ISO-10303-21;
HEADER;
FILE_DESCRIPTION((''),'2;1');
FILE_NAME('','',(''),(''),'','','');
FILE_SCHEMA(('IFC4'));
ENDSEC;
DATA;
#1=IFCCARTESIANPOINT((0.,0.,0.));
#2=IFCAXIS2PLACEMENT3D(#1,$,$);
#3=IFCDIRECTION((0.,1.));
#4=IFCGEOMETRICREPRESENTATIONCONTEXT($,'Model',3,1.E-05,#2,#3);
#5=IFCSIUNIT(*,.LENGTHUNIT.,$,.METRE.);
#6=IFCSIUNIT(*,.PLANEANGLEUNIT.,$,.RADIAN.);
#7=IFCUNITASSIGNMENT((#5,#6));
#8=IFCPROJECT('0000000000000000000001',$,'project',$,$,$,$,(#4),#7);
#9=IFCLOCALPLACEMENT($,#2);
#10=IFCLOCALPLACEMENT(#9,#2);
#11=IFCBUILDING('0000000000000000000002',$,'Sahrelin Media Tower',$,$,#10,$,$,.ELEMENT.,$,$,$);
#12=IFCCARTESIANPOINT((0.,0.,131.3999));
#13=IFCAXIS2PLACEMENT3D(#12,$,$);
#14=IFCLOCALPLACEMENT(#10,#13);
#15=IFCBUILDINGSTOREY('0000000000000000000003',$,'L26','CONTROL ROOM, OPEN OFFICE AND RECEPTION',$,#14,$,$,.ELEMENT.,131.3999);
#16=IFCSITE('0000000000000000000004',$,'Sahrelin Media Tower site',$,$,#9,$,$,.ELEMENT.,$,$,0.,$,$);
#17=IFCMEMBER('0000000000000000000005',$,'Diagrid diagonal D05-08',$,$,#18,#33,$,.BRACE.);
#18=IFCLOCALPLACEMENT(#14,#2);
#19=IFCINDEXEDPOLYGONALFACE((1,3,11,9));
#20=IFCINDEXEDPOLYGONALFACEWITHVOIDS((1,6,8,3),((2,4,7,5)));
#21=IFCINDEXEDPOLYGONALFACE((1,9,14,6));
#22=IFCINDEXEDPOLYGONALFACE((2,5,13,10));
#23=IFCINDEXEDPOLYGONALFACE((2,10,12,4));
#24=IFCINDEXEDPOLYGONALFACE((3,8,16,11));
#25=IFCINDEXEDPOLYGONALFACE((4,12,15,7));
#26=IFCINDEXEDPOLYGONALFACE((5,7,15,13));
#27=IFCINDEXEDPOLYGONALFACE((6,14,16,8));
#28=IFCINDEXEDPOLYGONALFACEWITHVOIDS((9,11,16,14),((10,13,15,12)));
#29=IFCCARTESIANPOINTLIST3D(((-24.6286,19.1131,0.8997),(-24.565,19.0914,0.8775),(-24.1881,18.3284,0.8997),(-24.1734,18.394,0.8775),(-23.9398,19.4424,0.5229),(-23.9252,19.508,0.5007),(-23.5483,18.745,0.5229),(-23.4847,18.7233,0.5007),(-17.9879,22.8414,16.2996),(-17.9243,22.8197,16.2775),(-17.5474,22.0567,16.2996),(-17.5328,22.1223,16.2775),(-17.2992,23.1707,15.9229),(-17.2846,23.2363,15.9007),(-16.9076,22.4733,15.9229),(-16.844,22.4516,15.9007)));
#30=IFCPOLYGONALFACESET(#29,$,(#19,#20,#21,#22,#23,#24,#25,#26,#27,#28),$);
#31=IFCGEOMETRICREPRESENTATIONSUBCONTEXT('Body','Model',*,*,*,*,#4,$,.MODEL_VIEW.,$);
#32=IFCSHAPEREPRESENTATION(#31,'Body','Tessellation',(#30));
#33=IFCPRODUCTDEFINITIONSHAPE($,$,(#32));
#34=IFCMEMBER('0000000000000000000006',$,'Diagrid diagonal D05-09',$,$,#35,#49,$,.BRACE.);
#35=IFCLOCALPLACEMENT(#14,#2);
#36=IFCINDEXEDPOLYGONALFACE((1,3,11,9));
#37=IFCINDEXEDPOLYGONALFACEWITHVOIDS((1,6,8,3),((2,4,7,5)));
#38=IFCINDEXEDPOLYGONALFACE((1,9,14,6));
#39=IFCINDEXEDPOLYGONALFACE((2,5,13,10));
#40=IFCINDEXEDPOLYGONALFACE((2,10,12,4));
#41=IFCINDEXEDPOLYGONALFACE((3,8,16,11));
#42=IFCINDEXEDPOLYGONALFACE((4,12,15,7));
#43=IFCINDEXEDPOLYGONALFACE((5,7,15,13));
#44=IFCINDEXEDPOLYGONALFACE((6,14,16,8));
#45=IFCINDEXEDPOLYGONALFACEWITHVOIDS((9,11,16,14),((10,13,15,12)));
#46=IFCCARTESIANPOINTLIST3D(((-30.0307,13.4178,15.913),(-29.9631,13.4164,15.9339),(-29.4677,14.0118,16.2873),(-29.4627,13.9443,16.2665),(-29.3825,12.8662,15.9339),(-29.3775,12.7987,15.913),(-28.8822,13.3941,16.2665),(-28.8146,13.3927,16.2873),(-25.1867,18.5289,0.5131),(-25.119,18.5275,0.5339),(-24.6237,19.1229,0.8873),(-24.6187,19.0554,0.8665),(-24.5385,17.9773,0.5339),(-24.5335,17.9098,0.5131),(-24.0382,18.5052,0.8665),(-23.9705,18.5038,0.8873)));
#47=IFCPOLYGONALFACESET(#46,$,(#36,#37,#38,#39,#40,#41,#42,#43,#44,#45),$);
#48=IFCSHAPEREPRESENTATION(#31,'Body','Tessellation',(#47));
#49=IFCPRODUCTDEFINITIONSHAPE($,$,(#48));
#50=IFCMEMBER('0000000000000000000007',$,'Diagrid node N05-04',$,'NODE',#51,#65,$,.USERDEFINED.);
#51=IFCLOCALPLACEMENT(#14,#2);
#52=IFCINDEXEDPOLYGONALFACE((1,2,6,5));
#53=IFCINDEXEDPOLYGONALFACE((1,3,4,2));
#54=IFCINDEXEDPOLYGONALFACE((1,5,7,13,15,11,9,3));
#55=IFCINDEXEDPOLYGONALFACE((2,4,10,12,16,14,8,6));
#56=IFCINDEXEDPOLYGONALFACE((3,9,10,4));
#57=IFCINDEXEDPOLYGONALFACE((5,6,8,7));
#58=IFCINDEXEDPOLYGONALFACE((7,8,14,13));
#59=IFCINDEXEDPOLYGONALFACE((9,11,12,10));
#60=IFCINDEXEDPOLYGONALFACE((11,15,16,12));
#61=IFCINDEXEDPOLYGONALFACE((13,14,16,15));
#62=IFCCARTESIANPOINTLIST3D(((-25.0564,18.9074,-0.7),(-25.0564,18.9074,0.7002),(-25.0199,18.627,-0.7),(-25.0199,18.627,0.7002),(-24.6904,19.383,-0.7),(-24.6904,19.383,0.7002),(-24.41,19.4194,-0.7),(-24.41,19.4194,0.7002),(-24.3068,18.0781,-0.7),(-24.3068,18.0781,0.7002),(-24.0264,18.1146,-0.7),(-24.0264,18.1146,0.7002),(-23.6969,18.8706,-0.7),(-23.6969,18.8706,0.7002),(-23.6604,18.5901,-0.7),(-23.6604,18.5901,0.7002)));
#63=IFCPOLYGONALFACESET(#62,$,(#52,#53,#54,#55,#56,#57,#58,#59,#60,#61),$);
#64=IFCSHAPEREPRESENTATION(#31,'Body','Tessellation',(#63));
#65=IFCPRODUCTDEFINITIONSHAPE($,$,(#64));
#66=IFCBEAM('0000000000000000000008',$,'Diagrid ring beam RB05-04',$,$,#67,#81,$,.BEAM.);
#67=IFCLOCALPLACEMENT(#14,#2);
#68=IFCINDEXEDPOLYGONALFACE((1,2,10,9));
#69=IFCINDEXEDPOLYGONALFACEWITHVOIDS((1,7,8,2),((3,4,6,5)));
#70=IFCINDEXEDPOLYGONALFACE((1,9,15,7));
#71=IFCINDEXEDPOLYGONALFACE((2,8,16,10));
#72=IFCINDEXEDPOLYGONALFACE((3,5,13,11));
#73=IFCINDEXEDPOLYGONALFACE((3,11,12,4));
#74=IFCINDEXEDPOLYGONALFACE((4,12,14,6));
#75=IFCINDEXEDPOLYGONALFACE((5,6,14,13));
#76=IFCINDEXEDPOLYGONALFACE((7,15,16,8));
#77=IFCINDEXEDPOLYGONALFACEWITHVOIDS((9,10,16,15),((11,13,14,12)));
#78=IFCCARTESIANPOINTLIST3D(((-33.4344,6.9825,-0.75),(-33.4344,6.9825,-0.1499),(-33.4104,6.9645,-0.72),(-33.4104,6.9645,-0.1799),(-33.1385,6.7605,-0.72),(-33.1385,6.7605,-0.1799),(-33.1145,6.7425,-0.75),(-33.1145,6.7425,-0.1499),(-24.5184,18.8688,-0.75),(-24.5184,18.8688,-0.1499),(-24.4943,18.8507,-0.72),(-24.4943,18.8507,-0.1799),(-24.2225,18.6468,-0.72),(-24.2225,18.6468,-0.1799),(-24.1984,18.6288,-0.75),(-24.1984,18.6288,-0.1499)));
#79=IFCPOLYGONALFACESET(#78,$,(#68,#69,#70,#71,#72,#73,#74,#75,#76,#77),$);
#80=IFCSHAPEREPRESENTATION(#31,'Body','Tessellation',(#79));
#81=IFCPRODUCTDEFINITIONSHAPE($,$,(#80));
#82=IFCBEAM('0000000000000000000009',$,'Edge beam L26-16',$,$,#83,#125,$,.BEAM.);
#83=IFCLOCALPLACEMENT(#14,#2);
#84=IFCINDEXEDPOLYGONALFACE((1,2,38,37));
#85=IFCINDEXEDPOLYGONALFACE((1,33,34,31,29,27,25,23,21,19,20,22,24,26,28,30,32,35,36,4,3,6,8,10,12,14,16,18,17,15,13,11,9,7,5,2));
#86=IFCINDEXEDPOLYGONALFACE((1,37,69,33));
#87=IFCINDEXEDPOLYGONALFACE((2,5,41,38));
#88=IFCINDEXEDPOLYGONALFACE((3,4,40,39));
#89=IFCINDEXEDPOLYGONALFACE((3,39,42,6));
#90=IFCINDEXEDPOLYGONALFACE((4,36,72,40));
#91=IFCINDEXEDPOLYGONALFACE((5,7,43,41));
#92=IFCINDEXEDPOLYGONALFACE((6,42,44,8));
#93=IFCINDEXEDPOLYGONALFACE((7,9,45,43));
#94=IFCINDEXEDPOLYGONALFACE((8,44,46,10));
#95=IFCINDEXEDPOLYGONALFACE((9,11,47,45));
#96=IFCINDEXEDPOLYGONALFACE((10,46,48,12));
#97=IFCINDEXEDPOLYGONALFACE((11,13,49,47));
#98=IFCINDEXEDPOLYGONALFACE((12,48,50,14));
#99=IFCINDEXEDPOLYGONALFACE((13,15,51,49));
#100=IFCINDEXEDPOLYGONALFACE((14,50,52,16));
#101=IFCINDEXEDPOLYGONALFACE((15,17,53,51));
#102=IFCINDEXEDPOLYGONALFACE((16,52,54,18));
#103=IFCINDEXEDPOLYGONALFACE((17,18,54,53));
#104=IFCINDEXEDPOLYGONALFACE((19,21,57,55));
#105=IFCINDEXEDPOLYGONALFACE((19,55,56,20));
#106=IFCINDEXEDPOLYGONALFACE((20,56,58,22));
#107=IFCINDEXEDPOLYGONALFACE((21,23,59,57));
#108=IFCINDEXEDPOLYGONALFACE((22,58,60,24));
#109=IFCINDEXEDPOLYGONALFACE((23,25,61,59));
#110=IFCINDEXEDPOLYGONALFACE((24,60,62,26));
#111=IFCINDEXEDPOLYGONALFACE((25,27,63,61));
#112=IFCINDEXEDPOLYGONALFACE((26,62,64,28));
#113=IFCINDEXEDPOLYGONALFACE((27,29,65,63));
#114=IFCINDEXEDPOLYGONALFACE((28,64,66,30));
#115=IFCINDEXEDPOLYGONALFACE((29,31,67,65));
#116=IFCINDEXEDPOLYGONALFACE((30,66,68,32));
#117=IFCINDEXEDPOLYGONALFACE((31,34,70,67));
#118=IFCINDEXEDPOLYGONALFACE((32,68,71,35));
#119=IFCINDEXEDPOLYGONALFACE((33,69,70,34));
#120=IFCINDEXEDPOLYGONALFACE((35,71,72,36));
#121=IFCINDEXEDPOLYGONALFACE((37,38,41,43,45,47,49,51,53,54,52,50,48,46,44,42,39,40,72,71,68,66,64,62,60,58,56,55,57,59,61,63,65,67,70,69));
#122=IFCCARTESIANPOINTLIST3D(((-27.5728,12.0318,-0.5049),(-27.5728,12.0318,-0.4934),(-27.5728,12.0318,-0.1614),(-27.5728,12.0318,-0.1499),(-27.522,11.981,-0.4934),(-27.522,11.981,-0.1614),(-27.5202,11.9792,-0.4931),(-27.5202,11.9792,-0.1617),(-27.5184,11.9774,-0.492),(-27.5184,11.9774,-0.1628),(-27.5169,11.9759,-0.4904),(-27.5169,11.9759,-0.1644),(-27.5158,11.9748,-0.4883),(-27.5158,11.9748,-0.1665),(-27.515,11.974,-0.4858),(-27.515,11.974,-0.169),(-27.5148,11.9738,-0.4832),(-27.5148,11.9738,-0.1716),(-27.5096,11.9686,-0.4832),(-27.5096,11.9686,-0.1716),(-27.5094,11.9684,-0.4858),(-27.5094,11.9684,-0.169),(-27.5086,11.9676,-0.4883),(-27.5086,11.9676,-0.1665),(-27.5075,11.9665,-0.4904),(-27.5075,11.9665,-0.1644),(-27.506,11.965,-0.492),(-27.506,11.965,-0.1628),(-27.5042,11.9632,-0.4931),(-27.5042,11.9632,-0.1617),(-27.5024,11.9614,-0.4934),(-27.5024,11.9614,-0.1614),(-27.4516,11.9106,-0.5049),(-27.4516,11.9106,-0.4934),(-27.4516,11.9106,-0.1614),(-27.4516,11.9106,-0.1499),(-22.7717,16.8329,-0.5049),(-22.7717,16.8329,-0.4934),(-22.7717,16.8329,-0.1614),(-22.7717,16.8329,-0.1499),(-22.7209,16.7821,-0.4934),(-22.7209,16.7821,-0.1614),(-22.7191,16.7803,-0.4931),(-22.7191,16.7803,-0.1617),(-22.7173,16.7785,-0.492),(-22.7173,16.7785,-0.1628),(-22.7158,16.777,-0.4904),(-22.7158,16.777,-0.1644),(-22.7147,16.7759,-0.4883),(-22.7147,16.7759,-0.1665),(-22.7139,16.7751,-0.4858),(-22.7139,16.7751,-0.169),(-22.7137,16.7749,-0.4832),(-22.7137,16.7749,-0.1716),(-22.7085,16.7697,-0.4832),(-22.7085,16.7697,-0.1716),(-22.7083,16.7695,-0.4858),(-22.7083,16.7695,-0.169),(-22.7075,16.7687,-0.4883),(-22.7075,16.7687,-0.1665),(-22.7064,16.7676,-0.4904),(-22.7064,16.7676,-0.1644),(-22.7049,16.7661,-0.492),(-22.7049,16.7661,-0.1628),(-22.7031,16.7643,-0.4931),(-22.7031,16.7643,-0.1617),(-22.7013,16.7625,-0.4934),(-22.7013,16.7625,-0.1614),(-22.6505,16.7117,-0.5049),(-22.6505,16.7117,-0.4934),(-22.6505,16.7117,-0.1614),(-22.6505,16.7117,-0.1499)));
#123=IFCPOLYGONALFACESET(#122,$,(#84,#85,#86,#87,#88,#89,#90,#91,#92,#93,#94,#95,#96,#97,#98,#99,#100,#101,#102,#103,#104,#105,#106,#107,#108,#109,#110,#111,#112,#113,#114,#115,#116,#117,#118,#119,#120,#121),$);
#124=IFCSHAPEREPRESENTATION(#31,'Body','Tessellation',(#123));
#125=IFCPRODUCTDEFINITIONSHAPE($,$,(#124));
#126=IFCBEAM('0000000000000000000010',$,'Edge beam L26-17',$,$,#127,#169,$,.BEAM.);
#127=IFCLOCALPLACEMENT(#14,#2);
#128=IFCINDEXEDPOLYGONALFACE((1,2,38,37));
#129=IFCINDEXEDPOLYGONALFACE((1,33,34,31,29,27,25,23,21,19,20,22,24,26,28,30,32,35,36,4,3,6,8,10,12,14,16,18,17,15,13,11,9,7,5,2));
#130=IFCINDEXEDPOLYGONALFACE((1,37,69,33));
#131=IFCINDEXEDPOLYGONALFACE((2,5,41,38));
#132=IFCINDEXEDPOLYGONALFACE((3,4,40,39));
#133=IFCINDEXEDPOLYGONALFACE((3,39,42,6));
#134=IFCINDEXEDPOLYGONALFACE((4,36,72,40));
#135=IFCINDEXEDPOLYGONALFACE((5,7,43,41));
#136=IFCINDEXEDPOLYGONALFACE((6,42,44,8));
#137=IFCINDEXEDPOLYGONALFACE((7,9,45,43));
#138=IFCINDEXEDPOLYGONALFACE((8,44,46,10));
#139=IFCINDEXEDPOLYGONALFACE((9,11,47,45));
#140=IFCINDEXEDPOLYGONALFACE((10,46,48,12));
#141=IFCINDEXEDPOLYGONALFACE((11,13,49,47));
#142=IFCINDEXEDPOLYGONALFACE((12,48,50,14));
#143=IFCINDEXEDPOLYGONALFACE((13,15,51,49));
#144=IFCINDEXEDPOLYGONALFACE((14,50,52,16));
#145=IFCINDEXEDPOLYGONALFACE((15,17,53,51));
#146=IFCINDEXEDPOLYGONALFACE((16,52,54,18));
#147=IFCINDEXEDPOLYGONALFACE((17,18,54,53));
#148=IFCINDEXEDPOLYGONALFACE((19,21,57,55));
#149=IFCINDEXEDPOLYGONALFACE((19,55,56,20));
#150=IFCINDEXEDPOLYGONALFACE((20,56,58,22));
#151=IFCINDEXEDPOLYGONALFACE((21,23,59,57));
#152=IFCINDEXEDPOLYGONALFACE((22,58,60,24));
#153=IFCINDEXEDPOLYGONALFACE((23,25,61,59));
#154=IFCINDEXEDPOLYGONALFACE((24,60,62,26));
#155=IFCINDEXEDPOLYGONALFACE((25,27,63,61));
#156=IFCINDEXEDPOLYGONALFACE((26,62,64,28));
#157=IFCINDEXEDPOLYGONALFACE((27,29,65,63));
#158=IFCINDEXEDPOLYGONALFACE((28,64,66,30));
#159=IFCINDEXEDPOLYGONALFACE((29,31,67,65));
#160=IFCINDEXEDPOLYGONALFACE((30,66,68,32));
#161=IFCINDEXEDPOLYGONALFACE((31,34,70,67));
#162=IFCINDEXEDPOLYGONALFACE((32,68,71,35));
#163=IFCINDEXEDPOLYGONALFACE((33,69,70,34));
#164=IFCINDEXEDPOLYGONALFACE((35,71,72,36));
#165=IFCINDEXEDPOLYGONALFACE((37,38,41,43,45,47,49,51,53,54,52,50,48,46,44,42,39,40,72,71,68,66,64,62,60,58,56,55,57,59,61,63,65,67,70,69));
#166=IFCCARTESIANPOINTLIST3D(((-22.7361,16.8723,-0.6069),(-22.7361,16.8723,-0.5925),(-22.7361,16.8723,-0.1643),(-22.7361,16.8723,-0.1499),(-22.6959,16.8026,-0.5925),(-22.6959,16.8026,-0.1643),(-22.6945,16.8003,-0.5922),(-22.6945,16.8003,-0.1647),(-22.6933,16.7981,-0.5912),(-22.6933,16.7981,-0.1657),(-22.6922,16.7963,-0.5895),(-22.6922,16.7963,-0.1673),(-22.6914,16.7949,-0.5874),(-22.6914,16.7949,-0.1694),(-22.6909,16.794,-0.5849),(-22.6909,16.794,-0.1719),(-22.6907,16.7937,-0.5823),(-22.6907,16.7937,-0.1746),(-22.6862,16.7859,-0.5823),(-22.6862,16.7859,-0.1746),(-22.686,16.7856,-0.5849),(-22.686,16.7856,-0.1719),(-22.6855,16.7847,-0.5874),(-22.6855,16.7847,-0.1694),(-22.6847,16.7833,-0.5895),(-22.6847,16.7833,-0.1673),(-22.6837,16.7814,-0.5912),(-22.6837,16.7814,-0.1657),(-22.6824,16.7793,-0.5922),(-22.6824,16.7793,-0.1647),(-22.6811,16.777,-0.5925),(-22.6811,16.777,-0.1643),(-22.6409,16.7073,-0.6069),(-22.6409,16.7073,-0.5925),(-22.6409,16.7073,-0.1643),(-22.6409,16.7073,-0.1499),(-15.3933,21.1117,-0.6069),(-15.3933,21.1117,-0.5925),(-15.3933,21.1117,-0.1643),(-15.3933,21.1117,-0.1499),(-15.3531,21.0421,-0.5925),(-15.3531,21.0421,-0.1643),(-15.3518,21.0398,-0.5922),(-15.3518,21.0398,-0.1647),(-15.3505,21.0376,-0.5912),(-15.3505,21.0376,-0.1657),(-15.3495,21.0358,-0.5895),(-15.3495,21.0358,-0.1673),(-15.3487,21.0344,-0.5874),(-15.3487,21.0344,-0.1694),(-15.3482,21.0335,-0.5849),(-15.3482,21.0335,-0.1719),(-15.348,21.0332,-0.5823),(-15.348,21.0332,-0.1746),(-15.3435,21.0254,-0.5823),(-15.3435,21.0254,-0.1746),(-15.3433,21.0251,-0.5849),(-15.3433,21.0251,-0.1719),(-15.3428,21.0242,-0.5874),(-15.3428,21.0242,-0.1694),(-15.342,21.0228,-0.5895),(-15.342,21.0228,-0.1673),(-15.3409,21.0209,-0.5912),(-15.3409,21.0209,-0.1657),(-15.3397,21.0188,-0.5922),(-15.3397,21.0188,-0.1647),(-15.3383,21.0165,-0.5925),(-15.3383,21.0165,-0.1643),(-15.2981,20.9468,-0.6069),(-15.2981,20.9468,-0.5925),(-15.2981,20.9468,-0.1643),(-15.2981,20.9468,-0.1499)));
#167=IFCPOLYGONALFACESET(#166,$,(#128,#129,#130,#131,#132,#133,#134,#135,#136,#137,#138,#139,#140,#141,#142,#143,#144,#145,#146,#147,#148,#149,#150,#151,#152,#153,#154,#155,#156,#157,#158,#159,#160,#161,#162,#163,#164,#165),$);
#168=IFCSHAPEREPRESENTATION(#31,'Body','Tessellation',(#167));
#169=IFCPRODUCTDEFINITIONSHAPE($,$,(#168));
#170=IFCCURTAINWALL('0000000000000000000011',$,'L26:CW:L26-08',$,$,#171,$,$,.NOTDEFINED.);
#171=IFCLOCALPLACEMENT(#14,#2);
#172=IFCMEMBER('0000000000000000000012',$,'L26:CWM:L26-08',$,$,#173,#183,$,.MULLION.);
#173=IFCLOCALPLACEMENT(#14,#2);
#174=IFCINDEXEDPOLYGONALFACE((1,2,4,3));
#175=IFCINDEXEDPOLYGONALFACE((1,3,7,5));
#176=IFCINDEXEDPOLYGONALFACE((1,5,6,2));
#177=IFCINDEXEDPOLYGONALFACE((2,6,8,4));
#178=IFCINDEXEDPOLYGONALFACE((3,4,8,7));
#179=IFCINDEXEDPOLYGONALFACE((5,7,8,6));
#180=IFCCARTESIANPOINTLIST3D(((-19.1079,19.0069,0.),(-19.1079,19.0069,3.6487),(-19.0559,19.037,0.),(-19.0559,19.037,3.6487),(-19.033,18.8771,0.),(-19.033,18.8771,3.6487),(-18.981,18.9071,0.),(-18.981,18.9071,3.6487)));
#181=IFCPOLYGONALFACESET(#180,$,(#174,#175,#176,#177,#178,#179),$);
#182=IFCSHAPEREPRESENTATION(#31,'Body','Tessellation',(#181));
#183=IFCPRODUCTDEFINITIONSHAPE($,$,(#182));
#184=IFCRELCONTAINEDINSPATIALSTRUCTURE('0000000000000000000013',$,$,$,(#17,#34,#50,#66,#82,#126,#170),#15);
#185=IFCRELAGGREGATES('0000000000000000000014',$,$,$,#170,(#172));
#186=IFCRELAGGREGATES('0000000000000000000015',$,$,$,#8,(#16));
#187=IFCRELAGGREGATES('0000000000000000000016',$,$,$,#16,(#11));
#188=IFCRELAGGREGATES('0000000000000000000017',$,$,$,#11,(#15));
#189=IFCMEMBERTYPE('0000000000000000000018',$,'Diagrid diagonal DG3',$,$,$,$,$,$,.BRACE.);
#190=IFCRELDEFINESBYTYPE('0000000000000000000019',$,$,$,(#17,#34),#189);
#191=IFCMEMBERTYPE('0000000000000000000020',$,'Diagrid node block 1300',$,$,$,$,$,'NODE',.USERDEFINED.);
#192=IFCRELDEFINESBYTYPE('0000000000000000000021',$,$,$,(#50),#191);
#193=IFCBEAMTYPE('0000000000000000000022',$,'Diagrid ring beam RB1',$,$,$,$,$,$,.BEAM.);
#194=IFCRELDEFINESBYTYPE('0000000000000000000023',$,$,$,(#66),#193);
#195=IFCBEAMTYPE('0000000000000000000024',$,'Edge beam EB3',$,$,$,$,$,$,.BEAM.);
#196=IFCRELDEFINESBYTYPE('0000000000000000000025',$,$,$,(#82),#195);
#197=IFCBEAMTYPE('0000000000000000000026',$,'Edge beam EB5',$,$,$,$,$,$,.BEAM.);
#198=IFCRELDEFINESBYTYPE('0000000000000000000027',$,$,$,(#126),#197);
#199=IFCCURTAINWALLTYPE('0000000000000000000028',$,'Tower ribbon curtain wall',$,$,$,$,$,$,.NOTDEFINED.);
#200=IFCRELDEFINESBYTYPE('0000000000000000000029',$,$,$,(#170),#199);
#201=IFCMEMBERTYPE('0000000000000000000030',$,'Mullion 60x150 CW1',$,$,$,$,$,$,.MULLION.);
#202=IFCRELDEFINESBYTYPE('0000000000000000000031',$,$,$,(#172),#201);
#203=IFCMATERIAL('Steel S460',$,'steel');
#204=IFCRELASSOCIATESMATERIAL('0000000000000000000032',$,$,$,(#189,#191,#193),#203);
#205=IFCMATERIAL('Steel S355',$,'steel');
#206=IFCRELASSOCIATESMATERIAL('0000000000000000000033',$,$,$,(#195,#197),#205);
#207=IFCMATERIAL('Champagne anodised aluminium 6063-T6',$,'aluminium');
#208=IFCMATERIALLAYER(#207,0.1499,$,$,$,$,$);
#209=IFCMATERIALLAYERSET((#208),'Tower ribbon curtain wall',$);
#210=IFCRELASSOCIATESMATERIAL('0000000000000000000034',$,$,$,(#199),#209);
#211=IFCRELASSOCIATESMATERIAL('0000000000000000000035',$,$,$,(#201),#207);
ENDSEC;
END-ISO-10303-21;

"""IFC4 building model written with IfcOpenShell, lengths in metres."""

from ifc_helpers import new_model, si_unit, direction, frame, origin, origin_2d, place, context, subcontext, project, spatial, polyline, rectangle, hollow_rectangle, i_section, outline, extrude, material, layer, layer_set, material_profile, profile_set, type_object, element, aggregate, save


model = new_model("IFC4")

# Units and contexts
model_context = context("Model", 3, precision=1e-05, world=origin(), true_north=direction((0.0, 1.0)))
body_context = subcontext(model_context, "Body", "Model", "MODEL_VIEW")
ifc_project = project(units=[si_unit("LENGTHUNIT", "METRE"), si_unit("PLANEANGLEUNIT", "RADIAN")], contexts=[model_context])

# Site, building, storey
site_placement = place(None, origin())
site = spatial("IfcSite", under=ifc_project, at=site_placement, Name="Sahrelin Media Tower site", CompositionType="ELEMENT", RefElevation=0.0)
building_placement = place(site_placement, origin())
building = spatial("IfcBuilding", under=site, at=building_placement, Name="Sahrelin Media Tower", CompositionType="ELEMENT")
storey_placement = place(building_placement, frame((0.0, 0.0, 131.3999)))
storey = spatial("IfcBuildingStorey", under=building, at=storey_placement, Name="L26", Description="CONTROL ROOM, OPEN OFFICE AND RECEPTION", CompositionType="ELEMENT", Elevation=131.3999)

# Members
ifc_material_1 = material(Name="Steel S460", Category="steel")
ifc_material_profile_1 = material_profile(ifc_material_1, hollow_rectangle(XDim=0.8999, YDim=0.8999, WallThickness=0.05, at=origin_2d()), Name="Diagrid diagonal DG3")
ifc_profile_set_1 = profile_set([ifc_material_profile_1], Name="Steel S460")
member_type_1 = type_object("IfcMemberType", Name="Diagrid diagonal DG3", PredefinedType="BRACE", material=ifc_profile_set_1)
member_1_placement = place(storey_placement, frame((-24.0566, 18.9182, 0.7002), z_axis=(0.386531, 0.217011, 0.896382), x_axis=(-0.489555, 0.871973, 0.0)))
element("IfcMember", 1, at=member_1_placement, inside=storey, type_object=member_type_1, Name="Diagrid diagonal D05-08", PredefinedType="BRACE", context=body_context, shape_type="SweptSolid", body=[
    extrude(hollow_rectangle(XDim=0.8999, YDim=0.8999, WallThickness=0.05, at=origin_2d()), origin(), (0.0, 0.0, 1.0), 17.1802),
])
member_2_placement = place(storey_placement, frame((-24.5786, 18.5164, 0.7002), z_axis=(-0.286059, -0.301832, 0.909432), x_axis=(0.725817, -0.687888, 0.0)))
element("IfcMember", 2, at=member_2_placement, inside=storey, type_object=member_type_1, Name="Diagrid diagonal D05-09", PredefinedType="BRACE", context=body_context, shape_type="SweptSolid", body=[
    extrude(hollow_rectangle(XDim=0.8999, YDim=0.8999, WallThickness=0.05, at=origin_2d()), origin(), (0.0, 0.0, 1.0), 16.9336),
])
ifc_material_profile_2 = material_profile(ifc_material_1, outline(polyline([(0.45, -0.5), (0.6499, -0.3), (0.6499, 0.3), (0.45, 0.5), (-0.45, 0.5), (-0.6499, 0.3), (-0.6499, -0.3), (-0.45, -0.5), (0.45, -0.5)])), Name="Diagrid node block 1300")
ifc_profile_set_2 = profile_set([ifc_material_profile_2], Name="Steel S460")
member_type_2 = type_object("IfcMemberType", Name="Diagrid node block 1300", ElementType="NODE", PredefinedType="USERDEFINED", material=ifc_profile_set_2)
member_3_placement = place(storey_placement, frame((-24.3584, 18.7488, -0.7), z_axis=(0.0, 0.0, 1.0), x_axis=(-0.792445, 0.609943, 0.0)))
element("IfcMember", 3, at=member_3_placement, inside=storey, type_object=member_type_2, Name="Diagrid node N05-04", ObjectType="NODE", PredefinedType="USERDEFINED", context=body_context, shape_type="SweptSolid", body=[
    extrude(outline(polyline([(0.45, -0.5), (0.6499, -0.3), (0.6499, 0.3), (0.45, 0.5), (-0.45, 0.5), (-0.6499, 0.3), (-0.6499, -0.3), (-0.45, -0.5), (0.45, -0.5)])), origin(), (0.0, 0.0, 1.0), 1.4001),
])

# Beams
ifc_material_profile_3 = material_profile(ifc_material_1, hollow_rectangle(XDim=0.3999, YDim=0.6001, WallThickness=0.03, at=origin_2d()), Name="Diagrid ring beam RB1")
ifc_profile_set_3 = profile_set([ifc_material_profile_3], Name="Steel S460")
beam_type_1 = type_object("IfcBeamType", Name="Diagrid ring beam RB1", PredefinedType="BEAM", material=ifc_profile_set_3)
beam_1_placement = place(storey_placement, frame((-24.3584, 18.7488, -0.45), z_axis=(-0.600058, -0.799957, 0.0), x_axis=(0.799957, -0.600058, 0.0)))
element("IfcBeam", 4, at=beam_1_placement, inside=storey, type_object=beam_type_1, Name="Diagrid ring beam RB05-04", PredefinedType="BEAM", context=body_context, shape_type="SweptSolid", body=[
    extrude(hollow_rectangle(XDim=0.3999, YDim=0.6001, WallThickness=0.03, at=origin_2d()), origin(), (0.0, 0.0, 1.0), 14.8586),
])
ifc_material_2 = material(Name="Steel S355", Category="steel")
ifc_material_profile_4 = material_profile(ifc_material_2, i_section(OverallWidth=0.1714, OverallDepth=0.355, WebThickness=0.0073, FlangeThickness=0.0115, FilletRadius=0.0103, at=origin_2d()), Name="UB 356x171x51")
ifc_profile_set_4 = profile_set([ifc_material_profile_4], Name="Steel S355")
beam_type_2 = type_object("IfcBeamType", Name="Edge beam EB3", PredefinedType="BEAM", material=ifc_profile_set_4)
beam_2_placement = place(storey_placement, frame((-27.5122, 11.9712, -0.3274), z_axis=(0.707107, 0.707107, 0.0), x_axis=(-0.707107, 0.707107, 0.0)))
element("IfcBeam", 5, at=beam_2_placement, inside=storey, type_object=beam_type_2, Name="Edge beam L26-16", PredefinedType="BEAM", context=body_context, shape_type="SweptSolid", body=[
    extrude(i_section(OverallWidth=0.1714, OverallDepth=0.355, WebThickness=0.0073, FlangeThickness=0.0115, FilletRadius=0.0103, at=origin_2d()), origin(), (0.0, 0.0, 1.0), 6.7898),
])
ifc_material_profile_5 = material_profile(ifc_material_2, i_section(OverallWidth=0.1904, OverallDepth=0.457, WebThickness=0.009, FlangeThickness=0.0144, FilletRadius=0.0103, at=origin_2d()), Name="UB 457x191x74")
ifc_profile_set_5 = profile_set([ifc_material_profile_5], Name="Steel S355")
beam_type_3 = type_object("IfcBeamType", Name="Edge beam EB5", PredefinedType="BEAM", material=ifc_profile_set_5)
beam_3_placement = place(storey_placement, frame((-22.6885, 16.7898, -0.3784), z_axis=(0.866018, 0.500013, 0.0), x_axis=(-0.500013, 0.866018, 0.0)))
element("IfcBeam", 6, at=beam_3_placement, inside=storey, type_object=beam_type_3, Name="Edge beam L26-17", PredefinedType="BEAM", context=body_context, shape_type="SweptSolid", body=[
    extrude(i_section(OverallWidth=0.1904, OverallDepth=0.457, WebThickness=0.009, FlangeThickness=0.0144, FilletRadius=0.0103, at=origin_2d()), origin(), (0.0, 0.0, 1.0), 8.4788),
])

# Curtain wall, member
ifc_material_3 = material(Name="Champagne anodised aluminium 6063-T6", Category="aluminium")
ifc_layer_1 = layer(ifc_material_3, 0.1499)
ifc_layer_set_1 = layer_set([ifc_layer_1], Name="Tower ribbon curtain wall")
curtain_wall_type = type_object("IfcCurtainWallType", Name="Tower ribbon curtain wall", PredefinedType="NOTDEFINED", material=ifc_layer_set_1)
curtain_wall_1_placement = place(storey_placement, frame((-19.092, 19.0393, 0.0), z_axis=(0.0, 0.0, 1.0), x_axis=(1.0, 0.0, 0.0)))
curtain_wall_1 = element("IfcCurtainWall", 7, at=curtain_wall_1_placement, inside=storey, type_object=curtain_wall_type, Name="L26:CW:L26-08", PredefinedType="NOTDEFINED")
ifc_material_profile_6 = material_profile(ifc_material_3, rectangle(XDim=0.0601, YDim=0.1499, at=origin_2d()), Name="Mullion 60x150")
ifc_profile_set_6 = profile_set([ifc_material_profile_6], Name="Champagne anodised aluminium 6063-T6")
member_type_3 = type_object("IfcMemberType", Name="Mullion 60x150 CW1", PredefinedType="MULLION", material=ifc_profile_set_6)
member_4_placement = place(storey_placement, frame((-19.0444, 18.957, 0.0), z_axis=(0.0, 0.0, 1.0), x_axis=(-0.866029, -0.499994, 0.0)))
member_4 = element("IfcMember", 8, at=member_4_placement, type_object=member_type_3, Name="L26:CWM:L26-08", PredefinedType="MULLION", context=body_context, shape_type="SweptSolid", body=[
    extrude(rectangle(XDim=0.0601, YDim=0.1499, at=origin_2d()), origin(), (0.0, 0.0, 1.0), 3.6487),
])
aggregate(curtain_wall_1, [member_4])

save(model, "model.ifc")
